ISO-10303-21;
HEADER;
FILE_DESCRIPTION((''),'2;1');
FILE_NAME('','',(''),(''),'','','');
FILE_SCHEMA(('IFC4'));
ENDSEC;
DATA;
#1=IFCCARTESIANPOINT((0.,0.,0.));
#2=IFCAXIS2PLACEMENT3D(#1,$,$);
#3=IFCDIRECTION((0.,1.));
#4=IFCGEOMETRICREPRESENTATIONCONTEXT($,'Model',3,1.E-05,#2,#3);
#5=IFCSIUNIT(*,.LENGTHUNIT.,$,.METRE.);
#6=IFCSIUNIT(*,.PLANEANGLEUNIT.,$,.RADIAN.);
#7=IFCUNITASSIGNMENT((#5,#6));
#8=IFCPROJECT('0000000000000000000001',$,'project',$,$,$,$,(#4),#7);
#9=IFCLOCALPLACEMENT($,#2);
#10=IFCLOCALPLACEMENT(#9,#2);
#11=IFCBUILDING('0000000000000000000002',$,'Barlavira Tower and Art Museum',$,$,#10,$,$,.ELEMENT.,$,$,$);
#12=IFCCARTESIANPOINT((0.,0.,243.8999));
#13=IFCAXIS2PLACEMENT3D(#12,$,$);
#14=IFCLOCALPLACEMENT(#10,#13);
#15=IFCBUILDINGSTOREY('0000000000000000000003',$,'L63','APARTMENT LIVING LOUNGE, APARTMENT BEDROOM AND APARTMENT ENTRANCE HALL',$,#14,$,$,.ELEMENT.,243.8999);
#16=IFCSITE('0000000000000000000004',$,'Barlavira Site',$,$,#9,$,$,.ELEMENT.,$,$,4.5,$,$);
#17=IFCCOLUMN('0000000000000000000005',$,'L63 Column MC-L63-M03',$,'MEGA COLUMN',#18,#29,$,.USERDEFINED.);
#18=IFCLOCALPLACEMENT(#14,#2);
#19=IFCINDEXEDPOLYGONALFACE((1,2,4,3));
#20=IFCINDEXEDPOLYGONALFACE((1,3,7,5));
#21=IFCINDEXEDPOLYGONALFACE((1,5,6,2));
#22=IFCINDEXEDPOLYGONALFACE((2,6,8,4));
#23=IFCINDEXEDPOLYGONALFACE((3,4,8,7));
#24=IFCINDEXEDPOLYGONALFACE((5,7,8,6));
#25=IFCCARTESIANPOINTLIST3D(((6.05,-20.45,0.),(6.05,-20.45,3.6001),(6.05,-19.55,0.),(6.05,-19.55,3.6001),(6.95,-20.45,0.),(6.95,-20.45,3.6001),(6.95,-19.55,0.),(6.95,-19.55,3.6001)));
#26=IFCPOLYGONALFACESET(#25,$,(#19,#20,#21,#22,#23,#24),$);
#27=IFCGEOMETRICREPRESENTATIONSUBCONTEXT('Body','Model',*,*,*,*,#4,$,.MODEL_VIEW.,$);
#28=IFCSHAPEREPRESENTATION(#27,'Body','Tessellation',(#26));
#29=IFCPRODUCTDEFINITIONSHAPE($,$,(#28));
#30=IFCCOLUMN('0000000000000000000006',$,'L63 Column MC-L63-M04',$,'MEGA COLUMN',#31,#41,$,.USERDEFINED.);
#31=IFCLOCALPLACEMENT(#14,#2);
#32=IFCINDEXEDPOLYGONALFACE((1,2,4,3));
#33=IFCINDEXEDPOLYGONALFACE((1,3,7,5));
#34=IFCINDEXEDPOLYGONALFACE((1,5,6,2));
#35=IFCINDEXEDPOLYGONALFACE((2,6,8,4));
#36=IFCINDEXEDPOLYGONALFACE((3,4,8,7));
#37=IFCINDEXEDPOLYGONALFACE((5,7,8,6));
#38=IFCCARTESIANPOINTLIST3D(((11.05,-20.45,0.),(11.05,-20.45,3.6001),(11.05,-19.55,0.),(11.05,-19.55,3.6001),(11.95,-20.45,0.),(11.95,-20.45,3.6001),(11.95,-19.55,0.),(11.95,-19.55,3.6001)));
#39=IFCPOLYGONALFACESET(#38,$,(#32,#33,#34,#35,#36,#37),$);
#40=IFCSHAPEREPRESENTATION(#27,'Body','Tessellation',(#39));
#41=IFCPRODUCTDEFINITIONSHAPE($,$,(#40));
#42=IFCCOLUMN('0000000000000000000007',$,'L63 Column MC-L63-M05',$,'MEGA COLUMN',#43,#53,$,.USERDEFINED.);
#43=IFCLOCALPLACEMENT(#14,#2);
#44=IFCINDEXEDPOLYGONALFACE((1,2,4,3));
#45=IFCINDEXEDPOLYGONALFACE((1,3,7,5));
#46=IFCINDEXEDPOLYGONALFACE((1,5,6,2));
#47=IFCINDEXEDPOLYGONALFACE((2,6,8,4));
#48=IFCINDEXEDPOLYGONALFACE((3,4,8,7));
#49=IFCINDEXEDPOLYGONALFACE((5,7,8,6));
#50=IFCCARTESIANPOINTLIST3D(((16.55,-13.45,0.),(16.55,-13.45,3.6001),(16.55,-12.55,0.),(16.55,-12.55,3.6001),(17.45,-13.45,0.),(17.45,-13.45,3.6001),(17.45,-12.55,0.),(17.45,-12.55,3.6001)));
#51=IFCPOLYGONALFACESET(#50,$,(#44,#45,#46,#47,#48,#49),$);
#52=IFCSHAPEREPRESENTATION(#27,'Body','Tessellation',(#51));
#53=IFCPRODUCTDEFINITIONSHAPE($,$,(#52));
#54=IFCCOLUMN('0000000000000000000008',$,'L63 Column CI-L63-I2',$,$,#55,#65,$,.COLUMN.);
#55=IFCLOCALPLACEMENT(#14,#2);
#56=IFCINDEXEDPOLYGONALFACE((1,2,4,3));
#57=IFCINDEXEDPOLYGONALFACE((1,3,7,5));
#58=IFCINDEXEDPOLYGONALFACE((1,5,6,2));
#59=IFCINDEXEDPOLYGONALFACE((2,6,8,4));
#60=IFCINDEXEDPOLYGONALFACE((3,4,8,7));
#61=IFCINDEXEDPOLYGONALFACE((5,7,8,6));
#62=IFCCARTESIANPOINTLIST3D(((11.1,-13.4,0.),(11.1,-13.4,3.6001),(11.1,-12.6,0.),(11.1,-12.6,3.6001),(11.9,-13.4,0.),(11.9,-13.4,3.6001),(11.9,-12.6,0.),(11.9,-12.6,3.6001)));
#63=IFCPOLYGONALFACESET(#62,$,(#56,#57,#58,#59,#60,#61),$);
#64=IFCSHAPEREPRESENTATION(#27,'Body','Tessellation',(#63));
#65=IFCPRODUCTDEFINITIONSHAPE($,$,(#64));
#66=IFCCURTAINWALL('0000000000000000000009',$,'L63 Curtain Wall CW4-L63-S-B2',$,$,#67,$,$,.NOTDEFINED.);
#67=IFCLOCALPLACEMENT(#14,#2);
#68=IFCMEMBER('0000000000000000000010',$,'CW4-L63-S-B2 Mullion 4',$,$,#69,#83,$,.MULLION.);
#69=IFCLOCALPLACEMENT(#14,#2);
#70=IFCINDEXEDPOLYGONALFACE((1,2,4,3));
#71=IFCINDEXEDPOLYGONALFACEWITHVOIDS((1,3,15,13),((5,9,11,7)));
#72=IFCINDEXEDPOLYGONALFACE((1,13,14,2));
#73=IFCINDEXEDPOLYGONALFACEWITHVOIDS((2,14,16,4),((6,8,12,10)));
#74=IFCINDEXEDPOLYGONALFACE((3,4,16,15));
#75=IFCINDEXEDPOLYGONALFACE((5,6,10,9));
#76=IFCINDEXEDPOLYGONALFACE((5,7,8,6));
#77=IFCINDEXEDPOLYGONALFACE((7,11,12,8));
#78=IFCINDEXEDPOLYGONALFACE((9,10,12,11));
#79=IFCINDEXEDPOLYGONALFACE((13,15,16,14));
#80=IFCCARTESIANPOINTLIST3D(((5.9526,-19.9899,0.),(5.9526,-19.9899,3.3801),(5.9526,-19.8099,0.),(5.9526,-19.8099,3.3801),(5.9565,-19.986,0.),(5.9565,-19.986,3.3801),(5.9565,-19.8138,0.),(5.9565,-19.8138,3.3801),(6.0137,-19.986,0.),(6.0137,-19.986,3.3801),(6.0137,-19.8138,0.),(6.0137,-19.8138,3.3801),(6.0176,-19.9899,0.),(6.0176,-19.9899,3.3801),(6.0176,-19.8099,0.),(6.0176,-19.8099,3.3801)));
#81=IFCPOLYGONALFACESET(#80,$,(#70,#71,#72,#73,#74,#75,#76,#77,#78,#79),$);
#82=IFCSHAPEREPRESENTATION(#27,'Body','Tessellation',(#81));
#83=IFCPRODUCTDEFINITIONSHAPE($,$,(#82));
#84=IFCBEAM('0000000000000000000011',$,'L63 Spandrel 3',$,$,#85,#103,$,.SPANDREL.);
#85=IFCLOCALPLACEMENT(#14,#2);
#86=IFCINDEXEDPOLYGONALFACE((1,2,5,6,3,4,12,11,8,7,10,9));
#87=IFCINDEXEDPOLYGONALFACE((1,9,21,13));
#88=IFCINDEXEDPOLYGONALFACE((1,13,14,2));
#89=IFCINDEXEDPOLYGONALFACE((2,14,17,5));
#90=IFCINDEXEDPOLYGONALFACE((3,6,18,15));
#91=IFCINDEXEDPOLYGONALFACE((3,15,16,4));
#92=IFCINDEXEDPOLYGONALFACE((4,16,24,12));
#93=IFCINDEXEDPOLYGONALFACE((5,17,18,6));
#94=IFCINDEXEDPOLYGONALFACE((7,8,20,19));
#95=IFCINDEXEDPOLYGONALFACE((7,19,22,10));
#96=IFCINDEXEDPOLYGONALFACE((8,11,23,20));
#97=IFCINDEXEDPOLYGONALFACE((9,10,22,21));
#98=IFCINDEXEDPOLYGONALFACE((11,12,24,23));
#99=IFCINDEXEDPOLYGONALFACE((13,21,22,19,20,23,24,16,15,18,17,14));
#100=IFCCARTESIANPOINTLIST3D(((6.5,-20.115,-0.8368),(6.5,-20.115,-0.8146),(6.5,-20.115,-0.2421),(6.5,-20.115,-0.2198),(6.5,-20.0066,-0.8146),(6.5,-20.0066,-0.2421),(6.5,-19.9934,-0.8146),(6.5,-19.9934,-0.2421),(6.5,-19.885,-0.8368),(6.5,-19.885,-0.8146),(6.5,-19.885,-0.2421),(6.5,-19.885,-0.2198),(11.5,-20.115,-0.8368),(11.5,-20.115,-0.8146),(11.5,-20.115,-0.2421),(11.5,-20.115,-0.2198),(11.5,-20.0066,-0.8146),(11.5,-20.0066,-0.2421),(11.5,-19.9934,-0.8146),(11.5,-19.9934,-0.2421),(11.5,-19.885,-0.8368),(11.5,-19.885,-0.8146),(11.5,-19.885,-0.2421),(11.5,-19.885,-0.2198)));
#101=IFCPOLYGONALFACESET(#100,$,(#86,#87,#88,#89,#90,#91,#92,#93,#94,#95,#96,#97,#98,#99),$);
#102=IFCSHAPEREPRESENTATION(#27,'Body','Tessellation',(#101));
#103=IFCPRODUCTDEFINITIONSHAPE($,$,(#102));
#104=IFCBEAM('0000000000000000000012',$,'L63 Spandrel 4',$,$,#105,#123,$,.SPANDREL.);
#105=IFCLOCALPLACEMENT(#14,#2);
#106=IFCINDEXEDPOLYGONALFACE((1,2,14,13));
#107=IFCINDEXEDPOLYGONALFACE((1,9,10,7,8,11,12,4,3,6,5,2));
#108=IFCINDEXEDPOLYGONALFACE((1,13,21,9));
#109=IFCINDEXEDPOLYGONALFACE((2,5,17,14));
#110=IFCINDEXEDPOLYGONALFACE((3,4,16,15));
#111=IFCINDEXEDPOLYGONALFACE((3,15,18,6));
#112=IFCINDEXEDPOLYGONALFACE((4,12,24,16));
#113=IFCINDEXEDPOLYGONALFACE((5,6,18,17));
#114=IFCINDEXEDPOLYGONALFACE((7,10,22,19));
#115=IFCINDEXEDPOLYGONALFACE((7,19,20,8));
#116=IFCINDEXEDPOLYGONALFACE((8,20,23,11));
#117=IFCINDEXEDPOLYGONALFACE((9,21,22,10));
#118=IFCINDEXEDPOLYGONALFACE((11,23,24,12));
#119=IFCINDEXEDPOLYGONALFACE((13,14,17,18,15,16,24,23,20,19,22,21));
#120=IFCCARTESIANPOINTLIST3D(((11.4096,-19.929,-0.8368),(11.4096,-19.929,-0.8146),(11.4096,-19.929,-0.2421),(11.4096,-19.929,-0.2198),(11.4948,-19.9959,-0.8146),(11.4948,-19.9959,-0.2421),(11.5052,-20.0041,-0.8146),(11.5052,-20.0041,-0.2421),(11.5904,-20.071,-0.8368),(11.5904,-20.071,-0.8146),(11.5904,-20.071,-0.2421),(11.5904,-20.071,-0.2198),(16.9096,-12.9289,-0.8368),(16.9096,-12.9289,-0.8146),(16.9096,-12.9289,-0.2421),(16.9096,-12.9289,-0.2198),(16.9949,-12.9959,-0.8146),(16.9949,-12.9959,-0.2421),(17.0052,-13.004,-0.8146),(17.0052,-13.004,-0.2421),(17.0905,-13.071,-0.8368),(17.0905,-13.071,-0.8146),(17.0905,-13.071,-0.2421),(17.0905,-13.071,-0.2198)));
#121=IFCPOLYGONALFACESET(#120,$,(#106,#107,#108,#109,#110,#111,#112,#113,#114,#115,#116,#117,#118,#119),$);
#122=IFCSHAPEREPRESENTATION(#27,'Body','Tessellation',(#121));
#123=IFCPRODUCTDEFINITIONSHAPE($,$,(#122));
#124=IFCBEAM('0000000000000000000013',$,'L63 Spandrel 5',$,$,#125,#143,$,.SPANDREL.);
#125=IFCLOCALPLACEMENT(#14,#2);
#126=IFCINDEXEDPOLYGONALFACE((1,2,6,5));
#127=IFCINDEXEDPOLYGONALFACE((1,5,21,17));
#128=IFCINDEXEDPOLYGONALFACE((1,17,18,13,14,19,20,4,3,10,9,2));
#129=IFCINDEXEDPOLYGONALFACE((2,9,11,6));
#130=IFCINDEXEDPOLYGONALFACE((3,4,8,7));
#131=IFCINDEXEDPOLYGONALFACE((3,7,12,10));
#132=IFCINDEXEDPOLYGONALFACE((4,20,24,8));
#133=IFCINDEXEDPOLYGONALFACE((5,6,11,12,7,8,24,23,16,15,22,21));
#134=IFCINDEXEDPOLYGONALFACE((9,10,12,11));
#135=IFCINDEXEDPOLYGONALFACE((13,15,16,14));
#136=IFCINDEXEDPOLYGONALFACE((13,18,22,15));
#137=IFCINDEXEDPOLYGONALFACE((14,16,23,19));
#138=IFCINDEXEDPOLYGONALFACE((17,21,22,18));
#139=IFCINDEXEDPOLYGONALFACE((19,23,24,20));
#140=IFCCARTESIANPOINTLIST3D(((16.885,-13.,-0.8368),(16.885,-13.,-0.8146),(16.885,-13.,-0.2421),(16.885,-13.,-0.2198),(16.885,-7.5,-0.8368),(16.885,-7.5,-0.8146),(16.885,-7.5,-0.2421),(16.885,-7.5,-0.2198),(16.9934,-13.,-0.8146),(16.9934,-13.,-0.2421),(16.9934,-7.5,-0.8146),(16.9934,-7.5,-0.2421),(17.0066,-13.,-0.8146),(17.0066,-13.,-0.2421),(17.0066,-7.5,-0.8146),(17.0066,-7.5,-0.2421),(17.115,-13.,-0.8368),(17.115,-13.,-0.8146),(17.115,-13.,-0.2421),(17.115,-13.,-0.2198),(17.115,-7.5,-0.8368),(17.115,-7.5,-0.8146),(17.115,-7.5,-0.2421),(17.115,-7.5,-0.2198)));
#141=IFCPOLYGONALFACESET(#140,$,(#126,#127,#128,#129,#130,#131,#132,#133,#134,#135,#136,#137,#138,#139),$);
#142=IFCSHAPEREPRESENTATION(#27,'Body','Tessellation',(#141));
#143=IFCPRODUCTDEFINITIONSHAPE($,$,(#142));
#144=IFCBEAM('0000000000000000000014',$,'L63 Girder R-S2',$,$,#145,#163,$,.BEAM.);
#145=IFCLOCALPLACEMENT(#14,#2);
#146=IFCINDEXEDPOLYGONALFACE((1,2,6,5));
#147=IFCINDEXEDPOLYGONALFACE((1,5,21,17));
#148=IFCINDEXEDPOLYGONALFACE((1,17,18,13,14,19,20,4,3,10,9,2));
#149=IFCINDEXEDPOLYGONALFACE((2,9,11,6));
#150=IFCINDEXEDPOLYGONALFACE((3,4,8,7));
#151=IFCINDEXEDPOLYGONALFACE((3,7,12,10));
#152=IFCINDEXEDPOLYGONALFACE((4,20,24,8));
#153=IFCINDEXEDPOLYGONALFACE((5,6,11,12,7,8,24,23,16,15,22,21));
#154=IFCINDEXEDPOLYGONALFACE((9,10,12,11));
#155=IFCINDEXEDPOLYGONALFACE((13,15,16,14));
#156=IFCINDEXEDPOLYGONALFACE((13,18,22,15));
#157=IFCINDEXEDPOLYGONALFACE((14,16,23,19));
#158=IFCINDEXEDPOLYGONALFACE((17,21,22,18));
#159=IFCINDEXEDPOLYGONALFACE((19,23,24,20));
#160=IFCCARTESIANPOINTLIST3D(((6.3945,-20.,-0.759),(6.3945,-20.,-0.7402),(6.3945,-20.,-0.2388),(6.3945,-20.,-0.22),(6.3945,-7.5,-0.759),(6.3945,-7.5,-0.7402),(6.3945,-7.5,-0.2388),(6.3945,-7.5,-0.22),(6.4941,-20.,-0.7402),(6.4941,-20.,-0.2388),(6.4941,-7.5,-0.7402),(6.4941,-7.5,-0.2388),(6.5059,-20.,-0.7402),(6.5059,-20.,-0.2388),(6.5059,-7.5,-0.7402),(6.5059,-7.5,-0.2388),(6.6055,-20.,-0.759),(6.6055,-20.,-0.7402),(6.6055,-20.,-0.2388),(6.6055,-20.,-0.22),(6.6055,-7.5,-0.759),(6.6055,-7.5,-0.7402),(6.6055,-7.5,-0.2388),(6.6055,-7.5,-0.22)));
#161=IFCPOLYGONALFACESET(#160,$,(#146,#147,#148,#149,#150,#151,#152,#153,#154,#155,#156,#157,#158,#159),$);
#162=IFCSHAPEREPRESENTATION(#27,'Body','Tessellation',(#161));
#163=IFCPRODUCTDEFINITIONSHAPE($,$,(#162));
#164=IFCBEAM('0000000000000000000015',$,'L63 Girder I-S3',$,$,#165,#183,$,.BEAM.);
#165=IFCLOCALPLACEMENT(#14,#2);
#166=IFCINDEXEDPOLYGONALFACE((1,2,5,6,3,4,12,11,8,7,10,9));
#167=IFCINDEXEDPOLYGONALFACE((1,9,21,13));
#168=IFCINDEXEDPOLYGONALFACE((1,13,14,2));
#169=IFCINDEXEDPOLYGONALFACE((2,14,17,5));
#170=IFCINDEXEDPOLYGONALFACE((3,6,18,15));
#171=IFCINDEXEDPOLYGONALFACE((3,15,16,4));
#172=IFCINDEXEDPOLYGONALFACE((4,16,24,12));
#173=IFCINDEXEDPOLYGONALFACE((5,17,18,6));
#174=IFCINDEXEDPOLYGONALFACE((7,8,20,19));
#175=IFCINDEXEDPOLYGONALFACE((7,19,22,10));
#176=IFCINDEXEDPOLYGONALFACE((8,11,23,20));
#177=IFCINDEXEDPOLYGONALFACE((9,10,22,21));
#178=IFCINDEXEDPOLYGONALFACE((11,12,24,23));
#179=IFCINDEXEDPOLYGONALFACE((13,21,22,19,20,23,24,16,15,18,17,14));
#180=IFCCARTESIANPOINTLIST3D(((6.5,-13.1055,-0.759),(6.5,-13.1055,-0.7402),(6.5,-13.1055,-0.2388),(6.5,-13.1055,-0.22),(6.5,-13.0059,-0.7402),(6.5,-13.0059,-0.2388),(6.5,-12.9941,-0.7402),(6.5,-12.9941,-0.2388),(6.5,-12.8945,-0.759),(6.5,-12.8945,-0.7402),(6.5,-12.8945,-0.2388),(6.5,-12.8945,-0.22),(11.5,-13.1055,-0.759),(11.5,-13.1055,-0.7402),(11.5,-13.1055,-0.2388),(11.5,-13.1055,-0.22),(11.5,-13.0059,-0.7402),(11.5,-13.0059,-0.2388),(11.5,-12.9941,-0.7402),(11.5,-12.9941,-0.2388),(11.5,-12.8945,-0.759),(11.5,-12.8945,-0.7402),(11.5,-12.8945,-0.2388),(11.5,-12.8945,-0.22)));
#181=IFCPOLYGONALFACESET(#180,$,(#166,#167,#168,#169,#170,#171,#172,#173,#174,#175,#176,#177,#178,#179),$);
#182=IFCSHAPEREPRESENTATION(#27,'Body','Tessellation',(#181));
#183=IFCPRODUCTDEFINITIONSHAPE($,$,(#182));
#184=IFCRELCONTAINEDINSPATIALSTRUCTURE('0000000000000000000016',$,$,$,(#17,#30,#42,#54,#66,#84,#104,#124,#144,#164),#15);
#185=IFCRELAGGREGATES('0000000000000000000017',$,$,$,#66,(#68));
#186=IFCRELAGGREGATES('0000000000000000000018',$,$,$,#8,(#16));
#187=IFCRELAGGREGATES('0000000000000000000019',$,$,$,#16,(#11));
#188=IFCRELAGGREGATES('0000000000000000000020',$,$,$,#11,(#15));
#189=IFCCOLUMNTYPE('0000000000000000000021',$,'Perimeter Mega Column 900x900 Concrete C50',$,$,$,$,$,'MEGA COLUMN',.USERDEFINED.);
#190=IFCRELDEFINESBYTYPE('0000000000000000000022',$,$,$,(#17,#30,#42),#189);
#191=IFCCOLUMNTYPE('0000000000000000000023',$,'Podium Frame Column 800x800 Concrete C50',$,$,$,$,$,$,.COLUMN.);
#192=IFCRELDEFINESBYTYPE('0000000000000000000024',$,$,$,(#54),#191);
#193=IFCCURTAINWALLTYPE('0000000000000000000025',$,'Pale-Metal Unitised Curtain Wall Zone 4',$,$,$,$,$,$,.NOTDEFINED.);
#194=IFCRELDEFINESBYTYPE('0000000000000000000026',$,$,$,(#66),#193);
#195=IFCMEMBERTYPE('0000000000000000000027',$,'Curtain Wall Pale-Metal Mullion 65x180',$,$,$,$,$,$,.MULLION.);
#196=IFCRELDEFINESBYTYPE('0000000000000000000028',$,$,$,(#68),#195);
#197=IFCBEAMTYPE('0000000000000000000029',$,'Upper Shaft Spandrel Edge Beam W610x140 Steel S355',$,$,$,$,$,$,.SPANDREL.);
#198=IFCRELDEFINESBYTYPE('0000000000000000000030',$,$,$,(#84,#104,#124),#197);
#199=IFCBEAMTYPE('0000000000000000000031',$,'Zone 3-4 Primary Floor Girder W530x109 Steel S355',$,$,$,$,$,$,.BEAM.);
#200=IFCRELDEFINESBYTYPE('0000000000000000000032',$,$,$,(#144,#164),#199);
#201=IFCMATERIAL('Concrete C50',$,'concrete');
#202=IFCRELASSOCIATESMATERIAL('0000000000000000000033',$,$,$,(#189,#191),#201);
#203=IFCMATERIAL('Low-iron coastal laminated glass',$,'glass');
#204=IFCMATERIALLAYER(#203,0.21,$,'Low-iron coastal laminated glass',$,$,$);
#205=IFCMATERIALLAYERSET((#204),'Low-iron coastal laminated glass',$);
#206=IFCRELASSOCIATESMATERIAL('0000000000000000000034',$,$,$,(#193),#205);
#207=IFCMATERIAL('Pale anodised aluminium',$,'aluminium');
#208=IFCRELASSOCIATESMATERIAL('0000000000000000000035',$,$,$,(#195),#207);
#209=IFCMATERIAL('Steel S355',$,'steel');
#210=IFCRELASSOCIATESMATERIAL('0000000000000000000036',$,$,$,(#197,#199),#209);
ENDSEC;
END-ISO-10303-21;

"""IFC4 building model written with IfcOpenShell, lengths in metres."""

from ifc_helpers import new_model, si_unit, direction, frame, origin, origin_2d, place, context, subcontext, project, spatial, rectangle, hollow_rectangle, i_section, extrude, material, layer, layer_set, material_profile, profile_set, type_object, element, aggregate, save


model = new_model("IFC4")

# Units and contexts
model_context = context("Model", 3, precision=1e-05, world=origin(), true_north=direction((0.0, 1.0)))
body_context = subcontext(model_context, "Body", "Model", "MODEL_VIEW")
ifc_project = project(units=[si_unit("LENGTHUNIT", "METRE"), si_unit("PLANEANGLEUNIT", "RADIAN")], contexts=[model_context])

# Site, building, storey
site_placement = place(None, origin())
site = spatial("IfcSite", under=ifc_project, at=site_placement, Name="Barlavira Site", CompositionType="ELEMENT", RefElevation=4.5)
building_placement = place(site_placement, origin())
building = spatial("IfcBuilding", under=site, at=building_placement, Name="Barlavira Tower and Art Museum", CompositionType="ELEMENT")
storey_placement = place(building_placement, frame((0.0, 0.0, 243.8999)))
storey = spatial("IfcBuildingStorey", under=building, at=storey_placement, Name="L63", Description="APARTMENT LIVING LOUNGE, APARTMENT BEDROOM AND APARTMENT ENTRANCE HALL", CompositionType="ELEMENT", Elevation=243.8999)

# Columns
ifc_material_1 = material(Name="Concrete C50", Category="concrete")
ifc_material_profile_1 = material_profile(ifc_material_1, rectangle(XDim=0.8999, YDim=0.8999, at=origin_2d()), Name="RC-COL 900x900")
ifc_profile_set_1 = profile_set([ifc_material_profile_1], Name="Concrete C50")
column_type_1 = type_object("IfcColumnType", Name="Perimeter Mega Column 900x900 Concrete C50", ElementType="MEGA COLUMN", PredefinedType="USERDEFINED", material=ifc_profile_set_1)
for number, where, z_axis, x_axis, name in (
    (1, (6.5, -20.0, 0.0), (0.0, 0.0, 1.0), (1.0, 0.0, 0.0), "L63 Column MC-L63-M03"),
    (2, (11.5, -20.0, 0.0), (0.0, 0.0, 1.0), (1.0, 0.0, 0.0), "L63 Column MC-L63-M04"),
    (3, (17.0, -13.0, 0.0), (0.0, 0.0, 1.0), (1.0, 0.0, 0.0), "L63 Column MC-L63-M05"),
):
    element("IfcColumn", number, at=place(storey_placement, frame(where, z_axis=z_axis, x_axis=x_axis)), inside=storey, type_object=column_type_1, Name=name, ObjectType="MEGA COLUMN", PredefinedType="USERDEFINED", context=body_context, shape_type="SweptSolid", body=[
        extrude(rectangle(XDim=0.8999, YDim=0.8999, at=origin_2d()), origin(), (0.0, 0.0, 1.0), 3.6001),
    ])
ifc_material_profile_2 = material_profile(ifc_material_1, rectangle(XDim=0.8, YDim=0.8, at=origin_2d()), Name="RC-COL 800x800")
ifc_profile_set_2 = profile_set([ifc_material_profile_2], Name="Concrete C50")
column_type_2 = type_object("IfcColumnType", Name="Podium Frame Column 800x800 Concrete C50", PredefinedType="COLUMN", material=ifc_profile_set_2)
column_placement = place(storey_placement, frame((11.5, -13.0, 0.0), z_axis=(0.0, 0.0, 1.0), x_axis=(1.0, 0.0, 0.0)))
element("IfcColumn", 4, at=column_placement, inside=storey, type_object=column_type_2, Name="L63 Column CI-L63-I2", PredefinedType="COLUMN", context=body_context, shape_type="SweptSolid", body=[
    extrude(rectangle(XDim=0.8, YDim=0.8, at=origin_2d()), origin(), (0.0, 0.0, 1.0), 3.6001),
])

# Curtain wall, member
ifc_material_2 = material(Name="Low-iron coastal laminated glass", Category="glass")
ifc_layer_1 = layer(ifc_material_2, 0.21, Name="Low-iron coastal laminated glass")
ifc_layer_set_1 = layer_set([ifc_layer_1], Name="Low-iron coastal laminated glass")
curtain_wall_type = type_object("IfcCurtainWallType", Name="Pale-Metal Unitised Curtain Wall Zone 4", PredefinedType="NOTDEFINED", material=ifc_layer_set_1)
curtain_wall_placement = place(storey_placement, origin())
curtain_wall = element("IfcCurtainWall", 5, at=curtain_wall_placement, inside=storey, type_object=curtain_wall_type, Name="L63 Curtain Wall CW4-L63-S-B2", PredefinedType="NOTDEFINED")
ifc_material_3 = material(Name="Pale anodised aluminium", Category="aluminium")
ifc_material_profile_3 = material_profile(ifc_material_3, hollow_rectangle(XDim=0.0649, YDim=0.1799, WallThickness=0.0039, at=origin_2d()), Name="ALU-MULL 65x180x4")
ifc_profile_set_3 = profile_set([ifc_material_profile_3], Name="Pale anodised aluminium")
member_type = type_object("IfcMemberType", Name="Curtain Wall Pale-Metal Mullion 65x180", PredefinedType="MULLION", material=ifc_profile_set_3)
member_placement = place(storey_placement, frame((5.9851, -19.8999, 0.0), z_axis=(0.0, 0.0, 1.0), x_axis=(1.0, 0.0, 0.0)))
member = element("IfcMember", 6, at=member_placement, type_object=member_type, Name="CW4-L63-S-B2 Mullion 4", PredefinedType="MULLION", context=body_context, shape_type="SweptSolid", body=[
    extrude(hollow_rectangle(XDim=0.0649, YDim=0.1799, WallThickness=0.0039, at=origin_2d()), origin(), (0.0, 0.0, 1.0), 3.3801),
])
aggregate(curtain_wall, [member])

# Beams
ifc_material_4 = material(Name="Steel S355", Category="steel")
ifc_material_profile_4 = material_profile(ifc_material_4, i_section(OverallWidth=0.23, OverallDepth=0.6169, WebThickness=0.0132, FlangeThickness=0.0222, at=origin_2d()), Name="W610x140.0")
ifc_profile_set_4 = profile_set([ifc_material_profile_4], Name="Steel S355")
beam_type_1 = type_object("IfcBeamType", Name="Upper Shaft Spandrel Edge Beam W610x140 Steel S355", PredefinedType="SPANDREL", material=ifc_profile_set_4)
beam_1_placement = place(storey_placement, frame((6.5, -20.0, -0.5283), z_axis=(1.0, 0.0, 0.0), x_axis=(0.0, 1.0, 0.0)))
element("IfcBeam", 7, at=beam_1_placement, inside=storey, type_object=beam_type_1, Name="L63 Spandrel 3", PredefinedType="SPANDREL", context=body_context, shape_type="SweptSolid", body=[
    extrude(i_section(OverallWidth=0.23, OverallDepth=0.6169, WebThickness=0.0132, FlangeThickness=0.0222, at=origin_2d()), origin(), (0.0, 0.0, 1.0), 5.0),
])
beam_2_placement = place(storey_placement, frame((11.5, -20.0, -0.5283), z_axis=(0.617822, 0.786318, 0.0), x_axis=(-0.786318, 0.617822, 0.0)))
element("IfcBeam", 8, at=beam_2_placement, inside=storey, type_object=beam_type_1, Name="L63 Spandrel 4", PredefinedType="SPANDREL", context=body_context, shape_type="SweptSolid", body=[
    extrude(i_section(OverallWidth=0.23, OverallDepth=0.6169, WebThickness=0.0132, FlangeThickness=0.0222, at=origin_2d()), origin(), (0.0, 0.0, 1.0), 8.9023),
])
beam_3_placement = place(storey_placement, frame((17.0, -13.0, -0.5283), z_axis=(0.0, 1.0, 0.0), x_axis=(-1.0, 0.0, 0.0)))
element("IfcBeam", 9, at=beam_3_placement, inside=storey, type_object=beam_type_1, Name="L63 Spandrel 5", PredefinedType="SPANDREL", context=body_context, shape_type="SweptSolid", body=[
    extrude(i_section(OverallWidth=0.23, OverallDepth=0.6169, WebThickness=0.0132, FlangeThickness=0.0222, at=origin_2d()), origin(), (0.0, 0.0, 1.0), 5.5),
])
ifc_material_profile_5 = material_profile(ifc_material_4, i_section(OverallWidth=0.2109, OverallDepth=0.5391, WebThickness=0.0117, FlangeThickness=0.0188, at=origin_2d()), Name="W530x109.0")
ifc_profile_set_5 = profile_set([ifc_material_profile_5], Name="Steel S355")
beam_type_2 = type_object("IfcBeamType", Name="Zone 3-4 Primary Floor Girder W530x109 Steel S355", PredefinedType="BEAM", material=ifc_profile_set_5)
beam_4_placement = place(storey_placement, frame((6.5, -20.0, -0.4895), z_axis=(0.0, 1.0, 0.0), x_axis=(-1.0, 0.0, 0.0)))
element("IfcBeam", 10, at=beam_4_placement, inside=storey, type_object=beam_type_2, Name="L63 Girder R-S2", PredefinedType="BEAM", context=body_context, shape_type="SweptSolid", body=[
    extrude(i_section(OverallWidth=0.2109, OverallDepth=0.5391, WebThickness=0.0117, FlangeThickness=0.0188, at=origin_2d()), origin(), (0.0, 0.0, 1.0), 12.5),
])
beam_5_placement = place(storey_placement, frame((6.5, -13.0, -0.4895), z_axis=(1.0, 0.0, 0.0), x_axis=(0.0, 1.0, 0.0)))
element("IfcBeam", 11, at=beam_5_placement, inside=storey, type_object=beam_type_2, Name="L63 Girder I-S3", PredefinedType="BEAM", context=body_context, shape_type="SweptSolid", body=[
    extrude(i_section(OverallWidth=0.2109, OverallDepth=0.5391, WebThickness=0.0117, FlangeThickness=0.0188, at=origin_2d()), origin(), (0.0, 0.0, 1.0), 5.0),
])

save(model, "model.ifc")
